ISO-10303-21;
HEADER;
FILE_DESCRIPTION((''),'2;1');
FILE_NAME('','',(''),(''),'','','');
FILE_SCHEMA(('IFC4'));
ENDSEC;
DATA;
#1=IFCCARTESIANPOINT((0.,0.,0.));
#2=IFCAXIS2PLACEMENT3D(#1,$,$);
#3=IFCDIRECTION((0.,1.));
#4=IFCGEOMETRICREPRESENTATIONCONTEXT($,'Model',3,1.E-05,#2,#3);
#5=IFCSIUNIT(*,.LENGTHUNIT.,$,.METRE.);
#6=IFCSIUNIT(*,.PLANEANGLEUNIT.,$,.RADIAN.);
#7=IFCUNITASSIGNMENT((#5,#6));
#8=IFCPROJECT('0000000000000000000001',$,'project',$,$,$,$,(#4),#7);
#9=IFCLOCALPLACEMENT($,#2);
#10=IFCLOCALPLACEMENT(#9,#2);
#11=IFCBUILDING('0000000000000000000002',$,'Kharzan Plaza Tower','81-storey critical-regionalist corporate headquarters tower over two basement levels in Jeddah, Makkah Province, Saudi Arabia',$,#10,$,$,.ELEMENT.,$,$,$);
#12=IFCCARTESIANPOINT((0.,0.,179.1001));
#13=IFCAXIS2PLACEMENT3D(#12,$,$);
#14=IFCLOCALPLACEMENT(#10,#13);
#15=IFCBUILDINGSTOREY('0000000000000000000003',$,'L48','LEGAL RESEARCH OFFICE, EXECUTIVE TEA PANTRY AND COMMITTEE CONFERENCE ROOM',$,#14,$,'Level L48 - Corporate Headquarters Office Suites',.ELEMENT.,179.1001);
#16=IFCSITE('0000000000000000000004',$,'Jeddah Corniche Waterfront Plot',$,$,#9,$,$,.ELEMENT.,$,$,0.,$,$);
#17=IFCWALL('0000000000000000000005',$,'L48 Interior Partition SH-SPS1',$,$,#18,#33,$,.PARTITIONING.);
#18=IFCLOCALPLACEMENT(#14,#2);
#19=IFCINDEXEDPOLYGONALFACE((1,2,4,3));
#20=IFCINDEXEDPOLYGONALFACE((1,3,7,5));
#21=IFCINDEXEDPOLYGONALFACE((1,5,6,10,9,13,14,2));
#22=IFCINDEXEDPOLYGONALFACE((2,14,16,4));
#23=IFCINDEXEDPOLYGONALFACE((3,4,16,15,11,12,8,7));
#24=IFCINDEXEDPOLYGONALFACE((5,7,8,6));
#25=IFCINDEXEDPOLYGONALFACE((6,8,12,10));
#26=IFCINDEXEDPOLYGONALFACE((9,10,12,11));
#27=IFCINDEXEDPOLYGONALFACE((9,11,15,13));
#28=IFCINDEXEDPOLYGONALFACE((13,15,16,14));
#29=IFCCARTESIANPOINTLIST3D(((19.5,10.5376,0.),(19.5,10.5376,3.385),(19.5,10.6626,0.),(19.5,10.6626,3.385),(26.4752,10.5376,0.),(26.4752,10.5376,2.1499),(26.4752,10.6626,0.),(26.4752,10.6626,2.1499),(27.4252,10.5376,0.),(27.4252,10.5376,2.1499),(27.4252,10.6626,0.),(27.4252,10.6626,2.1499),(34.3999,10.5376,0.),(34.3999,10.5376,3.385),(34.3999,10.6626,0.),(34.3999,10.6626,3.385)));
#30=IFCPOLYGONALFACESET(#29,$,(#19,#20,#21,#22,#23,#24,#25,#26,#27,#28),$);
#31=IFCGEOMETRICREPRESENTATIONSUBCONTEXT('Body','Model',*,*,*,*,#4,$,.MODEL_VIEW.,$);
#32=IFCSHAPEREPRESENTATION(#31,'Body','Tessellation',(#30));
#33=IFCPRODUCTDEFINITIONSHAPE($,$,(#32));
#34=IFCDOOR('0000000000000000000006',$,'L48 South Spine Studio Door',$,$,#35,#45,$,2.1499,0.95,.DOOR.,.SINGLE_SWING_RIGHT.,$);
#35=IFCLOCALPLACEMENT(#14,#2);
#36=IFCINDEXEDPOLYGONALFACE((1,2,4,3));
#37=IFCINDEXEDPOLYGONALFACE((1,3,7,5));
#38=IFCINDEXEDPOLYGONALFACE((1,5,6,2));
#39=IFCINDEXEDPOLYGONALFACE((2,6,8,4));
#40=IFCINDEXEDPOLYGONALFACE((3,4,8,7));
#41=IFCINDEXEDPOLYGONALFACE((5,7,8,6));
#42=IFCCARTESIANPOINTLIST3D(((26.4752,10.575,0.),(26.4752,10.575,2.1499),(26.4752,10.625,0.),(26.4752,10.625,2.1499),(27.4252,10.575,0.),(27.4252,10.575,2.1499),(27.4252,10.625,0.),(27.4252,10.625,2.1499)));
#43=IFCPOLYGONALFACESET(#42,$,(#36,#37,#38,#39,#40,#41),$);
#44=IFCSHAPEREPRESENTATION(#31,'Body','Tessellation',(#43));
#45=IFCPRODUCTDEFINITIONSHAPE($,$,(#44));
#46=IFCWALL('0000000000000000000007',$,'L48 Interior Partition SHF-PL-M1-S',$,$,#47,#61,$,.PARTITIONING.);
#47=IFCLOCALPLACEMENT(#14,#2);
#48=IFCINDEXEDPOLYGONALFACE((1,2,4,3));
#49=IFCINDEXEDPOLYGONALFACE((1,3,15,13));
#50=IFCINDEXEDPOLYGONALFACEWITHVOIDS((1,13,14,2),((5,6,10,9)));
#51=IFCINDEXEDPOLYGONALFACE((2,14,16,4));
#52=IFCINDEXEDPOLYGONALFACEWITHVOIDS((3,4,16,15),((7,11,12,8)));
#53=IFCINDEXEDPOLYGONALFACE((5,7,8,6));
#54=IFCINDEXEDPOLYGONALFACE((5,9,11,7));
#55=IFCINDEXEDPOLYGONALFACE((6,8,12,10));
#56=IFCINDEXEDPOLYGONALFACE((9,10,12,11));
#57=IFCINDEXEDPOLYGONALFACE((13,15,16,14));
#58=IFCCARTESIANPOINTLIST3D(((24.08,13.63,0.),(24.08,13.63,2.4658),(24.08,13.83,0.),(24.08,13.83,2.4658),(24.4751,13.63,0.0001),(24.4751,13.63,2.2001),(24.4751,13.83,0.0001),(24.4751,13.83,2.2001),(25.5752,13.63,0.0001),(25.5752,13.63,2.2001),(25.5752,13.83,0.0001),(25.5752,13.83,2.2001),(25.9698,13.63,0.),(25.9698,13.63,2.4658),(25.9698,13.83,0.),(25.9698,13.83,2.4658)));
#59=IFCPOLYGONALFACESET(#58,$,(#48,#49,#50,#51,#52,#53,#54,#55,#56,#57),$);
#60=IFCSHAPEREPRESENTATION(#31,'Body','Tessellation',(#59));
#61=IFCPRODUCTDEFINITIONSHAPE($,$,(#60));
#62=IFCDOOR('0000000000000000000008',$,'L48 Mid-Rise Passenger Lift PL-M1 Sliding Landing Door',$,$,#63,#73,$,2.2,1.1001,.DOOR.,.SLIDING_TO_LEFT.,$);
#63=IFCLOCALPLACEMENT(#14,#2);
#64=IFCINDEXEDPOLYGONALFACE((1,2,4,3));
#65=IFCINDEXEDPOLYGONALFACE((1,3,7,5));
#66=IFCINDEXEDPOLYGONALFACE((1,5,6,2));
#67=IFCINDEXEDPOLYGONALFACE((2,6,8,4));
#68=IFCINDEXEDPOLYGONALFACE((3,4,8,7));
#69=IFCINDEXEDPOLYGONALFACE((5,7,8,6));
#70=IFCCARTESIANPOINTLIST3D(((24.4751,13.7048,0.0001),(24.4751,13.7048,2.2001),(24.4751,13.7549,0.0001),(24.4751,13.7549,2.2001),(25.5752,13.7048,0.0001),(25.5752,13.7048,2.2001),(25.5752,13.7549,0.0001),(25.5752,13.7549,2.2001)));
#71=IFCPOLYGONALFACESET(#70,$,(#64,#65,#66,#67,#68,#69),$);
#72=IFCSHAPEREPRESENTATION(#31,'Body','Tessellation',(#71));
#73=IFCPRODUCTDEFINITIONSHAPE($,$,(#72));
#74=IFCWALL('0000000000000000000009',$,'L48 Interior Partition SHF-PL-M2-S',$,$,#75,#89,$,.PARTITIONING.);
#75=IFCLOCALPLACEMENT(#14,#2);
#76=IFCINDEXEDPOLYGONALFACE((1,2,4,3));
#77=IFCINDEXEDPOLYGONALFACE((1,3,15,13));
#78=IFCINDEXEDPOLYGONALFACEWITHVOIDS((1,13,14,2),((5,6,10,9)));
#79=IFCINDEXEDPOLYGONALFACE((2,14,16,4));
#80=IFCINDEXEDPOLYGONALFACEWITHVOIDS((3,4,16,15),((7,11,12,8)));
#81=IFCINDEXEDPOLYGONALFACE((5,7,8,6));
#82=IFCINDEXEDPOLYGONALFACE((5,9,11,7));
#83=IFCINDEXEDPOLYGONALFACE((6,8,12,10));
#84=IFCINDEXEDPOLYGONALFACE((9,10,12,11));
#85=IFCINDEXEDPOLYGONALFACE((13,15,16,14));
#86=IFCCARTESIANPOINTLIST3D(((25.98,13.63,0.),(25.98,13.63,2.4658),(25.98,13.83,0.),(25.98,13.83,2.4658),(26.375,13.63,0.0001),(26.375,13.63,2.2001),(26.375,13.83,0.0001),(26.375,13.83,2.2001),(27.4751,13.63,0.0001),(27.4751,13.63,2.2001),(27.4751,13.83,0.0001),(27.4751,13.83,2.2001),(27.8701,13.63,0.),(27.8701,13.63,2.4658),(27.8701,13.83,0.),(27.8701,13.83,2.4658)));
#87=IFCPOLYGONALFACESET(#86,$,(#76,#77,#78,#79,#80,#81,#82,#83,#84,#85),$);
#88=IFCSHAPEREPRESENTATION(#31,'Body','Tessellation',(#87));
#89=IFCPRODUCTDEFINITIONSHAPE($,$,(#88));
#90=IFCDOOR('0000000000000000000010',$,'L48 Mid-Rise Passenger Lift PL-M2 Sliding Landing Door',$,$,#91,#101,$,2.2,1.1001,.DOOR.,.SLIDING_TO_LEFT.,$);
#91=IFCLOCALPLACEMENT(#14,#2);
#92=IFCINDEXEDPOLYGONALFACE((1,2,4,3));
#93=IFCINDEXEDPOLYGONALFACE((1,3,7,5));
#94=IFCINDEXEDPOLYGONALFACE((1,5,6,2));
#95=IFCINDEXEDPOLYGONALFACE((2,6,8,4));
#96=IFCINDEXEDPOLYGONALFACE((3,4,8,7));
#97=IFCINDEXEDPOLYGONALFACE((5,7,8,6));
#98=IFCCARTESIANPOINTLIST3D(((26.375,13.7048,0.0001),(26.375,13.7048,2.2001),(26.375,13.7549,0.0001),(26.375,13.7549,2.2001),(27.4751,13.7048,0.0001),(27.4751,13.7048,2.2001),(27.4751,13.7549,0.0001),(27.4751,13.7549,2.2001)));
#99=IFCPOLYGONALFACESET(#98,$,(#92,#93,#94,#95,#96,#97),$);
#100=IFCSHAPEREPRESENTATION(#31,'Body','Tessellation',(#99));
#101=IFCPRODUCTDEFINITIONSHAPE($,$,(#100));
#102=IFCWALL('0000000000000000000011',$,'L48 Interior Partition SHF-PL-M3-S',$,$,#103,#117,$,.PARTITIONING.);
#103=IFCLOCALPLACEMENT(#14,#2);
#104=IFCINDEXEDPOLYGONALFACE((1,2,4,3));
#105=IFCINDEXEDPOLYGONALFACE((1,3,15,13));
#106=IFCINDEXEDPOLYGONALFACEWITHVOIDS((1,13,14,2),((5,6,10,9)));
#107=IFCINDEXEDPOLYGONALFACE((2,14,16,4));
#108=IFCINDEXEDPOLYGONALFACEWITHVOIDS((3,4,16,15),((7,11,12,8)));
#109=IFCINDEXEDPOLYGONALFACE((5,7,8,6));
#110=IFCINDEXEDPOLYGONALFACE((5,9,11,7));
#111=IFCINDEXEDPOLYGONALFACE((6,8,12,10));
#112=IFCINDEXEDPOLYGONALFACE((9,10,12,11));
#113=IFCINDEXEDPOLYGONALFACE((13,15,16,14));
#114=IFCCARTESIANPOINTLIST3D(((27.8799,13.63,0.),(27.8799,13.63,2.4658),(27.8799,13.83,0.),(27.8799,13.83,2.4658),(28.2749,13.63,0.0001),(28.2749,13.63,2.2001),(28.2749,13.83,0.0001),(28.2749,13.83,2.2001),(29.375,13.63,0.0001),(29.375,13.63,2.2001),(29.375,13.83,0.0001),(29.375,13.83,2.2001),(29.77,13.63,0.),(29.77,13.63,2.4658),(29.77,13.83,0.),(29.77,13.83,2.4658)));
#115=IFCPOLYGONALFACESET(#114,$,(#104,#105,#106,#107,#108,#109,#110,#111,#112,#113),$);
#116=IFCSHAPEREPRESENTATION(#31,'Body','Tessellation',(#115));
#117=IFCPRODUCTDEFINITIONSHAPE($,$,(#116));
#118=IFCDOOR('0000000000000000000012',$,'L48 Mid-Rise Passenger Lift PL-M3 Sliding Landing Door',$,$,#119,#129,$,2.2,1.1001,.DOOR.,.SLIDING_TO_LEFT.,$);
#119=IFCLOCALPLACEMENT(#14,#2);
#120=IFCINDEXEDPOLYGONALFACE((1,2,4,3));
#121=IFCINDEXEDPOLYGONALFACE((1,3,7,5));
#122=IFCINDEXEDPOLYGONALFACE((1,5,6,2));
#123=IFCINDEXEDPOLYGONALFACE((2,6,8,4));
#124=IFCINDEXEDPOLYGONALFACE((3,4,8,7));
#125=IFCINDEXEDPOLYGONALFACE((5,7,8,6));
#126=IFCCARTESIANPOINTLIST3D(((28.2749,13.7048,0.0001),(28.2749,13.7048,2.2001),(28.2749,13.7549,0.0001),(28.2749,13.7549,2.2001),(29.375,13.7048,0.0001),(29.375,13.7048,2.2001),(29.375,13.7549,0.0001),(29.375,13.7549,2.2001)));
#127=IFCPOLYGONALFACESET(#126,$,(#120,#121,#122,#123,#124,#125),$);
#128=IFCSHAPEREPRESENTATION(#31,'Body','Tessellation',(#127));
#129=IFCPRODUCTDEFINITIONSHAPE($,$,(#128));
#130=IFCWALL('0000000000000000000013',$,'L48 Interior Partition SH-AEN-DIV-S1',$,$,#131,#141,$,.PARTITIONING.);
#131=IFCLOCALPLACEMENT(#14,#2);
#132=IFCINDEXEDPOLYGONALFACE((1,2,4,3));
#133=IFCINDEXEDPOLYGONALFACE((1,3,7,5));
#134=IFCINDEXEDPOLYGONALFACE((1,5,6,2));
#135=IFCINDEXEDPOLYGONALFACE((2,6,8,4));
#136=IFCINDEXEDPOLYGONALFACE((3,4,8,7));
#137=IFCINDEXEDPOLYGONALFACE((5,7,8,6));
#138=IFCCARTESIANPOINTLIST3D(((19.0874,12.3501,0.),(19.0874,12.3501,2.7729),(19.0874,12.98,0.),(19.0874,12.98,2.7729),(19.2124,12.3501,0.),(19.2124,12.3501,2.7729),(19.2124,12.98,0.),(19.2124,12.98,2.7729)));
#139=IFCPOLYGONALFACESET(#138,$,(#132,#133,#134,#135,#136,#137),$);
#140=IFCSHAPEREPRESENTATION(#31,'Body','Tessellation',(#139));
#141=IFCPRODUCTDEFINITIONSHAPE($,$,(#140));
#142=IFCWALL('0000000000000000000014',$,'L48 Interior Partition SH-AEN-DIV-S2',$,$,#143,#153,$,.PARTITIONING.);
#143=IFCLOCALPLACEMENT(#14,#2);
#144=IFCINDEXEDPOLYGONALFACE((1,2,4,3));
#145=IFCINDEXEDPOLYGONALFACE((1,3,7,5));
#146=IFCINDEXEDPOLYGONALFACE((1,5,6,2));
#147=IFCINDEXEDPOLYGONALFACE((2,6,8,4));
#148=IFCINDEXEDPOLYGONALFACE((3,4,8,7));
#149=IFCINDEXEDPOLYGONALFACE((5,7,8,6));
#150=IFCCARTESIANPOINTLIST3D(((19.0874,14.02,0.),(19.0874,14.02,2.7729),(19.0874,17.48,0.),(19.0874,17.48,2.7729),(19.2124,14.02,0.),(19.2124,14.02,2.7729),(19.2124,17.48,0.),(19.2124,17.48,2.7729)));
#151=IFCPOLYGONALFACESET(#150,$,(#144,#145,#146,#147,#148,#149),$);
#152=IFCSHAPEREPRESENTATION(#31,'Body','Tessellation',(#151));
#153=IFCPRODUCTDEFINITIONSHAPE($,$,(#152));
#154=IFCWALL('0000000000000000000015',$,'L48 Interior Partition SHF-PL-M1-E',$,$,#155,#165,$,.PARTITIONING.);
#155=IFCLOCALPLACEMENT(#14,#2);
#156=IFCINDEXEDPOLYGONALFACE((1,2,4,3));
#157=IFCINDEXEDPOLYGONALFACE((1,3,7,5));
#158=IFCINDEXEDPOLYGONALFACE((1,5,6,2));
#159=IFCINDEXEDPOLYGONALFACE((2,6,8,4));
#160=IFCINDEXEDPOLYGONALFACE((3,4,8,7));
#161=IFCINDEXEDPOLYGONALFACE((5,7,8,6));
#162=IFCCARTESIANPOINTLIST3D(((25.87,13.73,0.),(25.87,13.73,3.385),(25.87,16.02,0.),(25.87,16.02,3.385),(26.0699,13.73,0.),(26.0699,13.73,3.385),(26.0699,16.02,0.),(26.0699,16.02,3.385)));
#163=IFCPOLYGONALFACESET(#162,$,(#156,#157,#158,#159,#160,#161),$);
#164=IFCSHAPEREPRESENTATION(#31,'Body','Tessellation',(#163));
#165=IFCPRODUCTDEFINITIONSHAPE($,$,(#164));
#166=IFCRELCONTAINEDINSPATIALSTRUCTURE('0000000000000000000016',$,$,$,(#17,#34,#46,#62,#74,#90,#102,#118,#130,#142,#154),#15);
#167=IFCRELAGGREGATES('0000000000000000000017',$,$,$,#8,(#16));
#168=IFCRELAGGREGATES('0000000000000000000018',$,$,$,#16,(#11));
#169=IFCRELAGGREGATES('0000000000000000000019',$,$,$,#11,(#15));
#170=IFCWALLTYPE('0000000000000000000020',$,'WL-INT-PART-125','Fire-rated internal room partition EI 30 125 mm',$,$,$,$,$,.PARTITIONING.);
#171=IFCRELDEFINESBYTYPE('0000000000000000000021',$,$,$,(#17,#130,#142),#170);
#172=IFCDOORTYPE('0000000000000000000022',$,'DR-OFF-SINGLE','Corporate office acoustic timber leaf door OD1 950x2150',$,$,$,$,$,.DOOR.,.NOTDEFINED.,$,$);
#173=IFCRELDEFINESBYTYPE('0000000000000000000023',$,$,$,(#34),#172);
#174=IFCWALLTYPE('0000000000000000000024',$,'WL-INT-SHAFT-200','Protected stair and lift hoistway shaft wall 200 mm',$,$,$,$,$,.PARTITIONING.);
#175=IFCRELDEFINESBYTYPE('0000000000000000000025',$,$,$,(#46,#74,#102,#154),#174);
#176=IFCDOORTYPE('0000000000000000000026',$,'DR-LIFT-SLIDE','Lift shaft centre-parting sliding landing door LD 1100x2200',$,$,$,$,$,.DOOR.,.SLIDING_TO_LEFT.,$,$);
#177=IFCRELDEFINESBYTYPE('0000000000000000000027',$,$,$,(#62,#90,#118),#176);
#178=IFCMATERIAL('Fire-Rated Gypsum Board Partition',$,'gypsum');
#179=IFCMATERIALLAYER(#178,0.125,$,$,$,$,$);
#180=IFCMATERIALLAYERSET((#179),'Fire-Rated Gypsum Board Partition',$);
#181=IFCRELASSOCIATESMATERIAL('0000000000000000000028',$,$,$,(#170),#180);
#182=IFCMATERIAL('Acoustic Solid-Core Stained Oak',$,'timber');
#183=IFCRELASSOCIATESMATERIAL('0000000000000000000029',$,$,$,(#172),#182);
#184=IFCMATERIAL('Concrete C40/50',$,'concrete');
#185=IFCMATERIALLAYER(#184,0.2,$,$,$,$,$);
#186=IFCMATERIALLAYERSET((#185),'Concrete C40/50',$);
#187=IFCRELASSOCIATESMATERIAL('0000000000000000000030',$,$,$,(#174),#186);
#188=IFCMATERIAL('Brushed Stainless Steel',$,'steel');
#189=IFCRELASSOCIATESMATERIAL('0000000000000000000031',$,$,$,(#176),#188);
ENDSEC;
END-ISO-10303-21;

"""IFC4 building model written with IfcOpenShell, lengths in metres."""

from ifc_helpers import new_model, si_unit, direction, frame, frame_2d, origin, place, context, subcontext, project, spatial, rectangle, extrude, source, transform, mapped, material, layer, layer_set, type_object, element, fill, save


model = new_model("IFC4")

# Units and contexts
model_context = context("Model", 3, precision=1e-05, world=origin(), true_north=direction((0.0, 1.0)))
body_context = subcontext(model_context, "Body", "Model", "MODEL_VIEW")
ifc_project = project(units=[si_unit("LENGTHUNIT", "METRE"), si_unit("PLANEANGLEUNIT", "RADIAN")], contexts=[model_context])

# Site, building, storey
site_placement = place(None, origin())
site = spatial("IfcSite", under=ifc_project, at=site_placement, Name="Jeddah Corniche Waterfront Plot", CompositionType="ELEMENT", RefElevation=0.0)
building_placement = place(site_placement, origin())
building = spatial("IfcBuilding", under=site, at=building_placement, Name="Kharzan Plaza Tower", Description="81-storey critical-regionalist corporate headquarters tower over two basement levels in Jeddah, Makkah Province, Saudi Arabia", CompositionType="ELEMENT")
storey_placement = place(building_placement, frame((0.0, 0.0, 179.1001)))
storey = spatial("IfcBuildingStorey", under=building, at=storey_placement, Name="L48", Description="LEGAL RESEARCH OFFICE, EXECUTIVE TEA PANTRY AND COMMITTEE CONFERENCE ROOM", LongName="Level L48 - Corporate Headquarters Office Suites", CompositionType="ELEMENT", Elevation=179.1001)

# Walls, openings, doors
ifc_material_1 = material(Name="Fire-Rated Gypsum Board Partition", Category="gypsum")
ifc_layer_1 = layer(ifc_material_1, 0.125)
ifc_layer_set_1 = layer_set([ifc_layer_1], Name="Fire-Rated Gypsum Board Partition")
wall_type_1 = type_object("IfcWallType", Name="WL-INT-PART-125", Description="Fire-rated internal room partition EI 30 125 mm", PredefinedType="PARTITIONING", material=ifc_layer_set_1)
ifc_material_2 = material(Name="Acoustic Solid-Core Stained Oak", Category="timber")
door_type_1 = type_object("IfcDoorType", Name="DR-OFF-SINGLE", Description="Corporate office acoustic timber leaf door OD1 950x2150", OperationType="NOTDEFINED", PredefinedType="DOOR", material=ifc_material_2)
shared_shape_1 = source(origin(), body_context, "Body", "SweptSolid", [
    extrude(rectangle(XDim=0.95, YDim=2.1499, at=frame_2d((0.4751, 1.075))), frame((0.0, 0.0249, 0.0), z_axis=(0.0, -1.0, 0.0), x_axis=(1.0, 0.0, 0.0)), (0.0, 0.0, 1.0), 0.05),
])
wall_1_placement = place(storey_placement, frame((19.5, 10.6001, 0.0), z_axis=(0.0, 0.0, 1.0), x_axis=(1.0, 0.0, 0.0)))
wall_1 = element("IfcWall", 1, at=wall_1_placement, inside=storey, type_object=wall_type_1, Name="L48 Interior Partition SH-SPS1", PredefinedType="PARTITIONING", context=body_context, shape_type="SweptSolid", body=[
    extrude(rectangle(XDim=14.8999, YDim=0.125, at=frame_2d((7.45, 0.0))), origin(), (0.0, 0.0, 1.0), 3.385),
])
opening_1_placement = place(wall_1_placement, frame((6.9751, 0.0, 0.0)))
opening_1 = element("IfcOpeningElement", 2, at=opening_1_placement, cuts=wall_1, PredefinedType="OPENING", context=body_context, shape_type="SweptSolid", body=[
    extrude(rectangle(XDim=0.95, YDim=2.1499, at=frame_2d((0.4751, 1.075))), frame((0.0, 0.0725, 0.0), z_axis=(0.0, -1.0, 0.0), x_axis=(1.0, 0.0, 0.0)), (0.0, 0.0, 1.0), 0.145),
])
door_1_placement = place(opening_1_placement, origin())
door_1 = element("IfcDoor", 3, at=door_1_placement, inside=storey, type_object=door_type_1, Name="L48 South Spine Studio Door", OperationType="SINGLE_SWING_RIGHT", OverallHeight=2.1499, OverallWidth=0.95, PredefinedType="DOOR", context=body_context, shape_type="MappedRepresentation", body=[
    mapped(shared_shape_1, transform((0.0, 0.0, 0.0), x_axis=(1.0, 0.0, 0.0), y_axis=(0.0, 1.0, 0.0), z_axis=(0.0, 0.0, 1.0))),
])
fill(opening_1, door_1)
ifc_material_3 = material(Name="Concrete C40/50", Category="concrete")
ifc_layer_2 = layer(ifc_material_3, 0.2)
ifc_layer_set_2 = layer_set([ifc_layer_2], Name="Concrete C40/50")
wall_type_2 = type_object("IfcWallType", Name="WL-INT-SHAFT-200", Description="Protected stair and lift hoistway shaft wall 200 mm", PredefinedType="PARTITIONING", material=ifc_layer_set_2)
wall_2_placement = place(storey_placement, frame((24.0801, 13.73, 0.0), z_axis=(0.0, 0.0, 1.0), x_axis=(1.0, 0.0, 0.0)))
wall_2 = element("IfcWall", 4, at=wall_2_placement, inside=storey, type_object=wall_type_2, Name="L48 Interior Partition SHF-PL-M1-S", PredefinedType="PARTITIONING", context=body_context, shape_type="SweptSolid", body=[
    extrude(rectangle(XDim=1.8899, YDim=0.2, at=frame_2d((0.9448, 0.0))), origin(), (0.0, 0.0, 1.0), 2.4658),
])
opening_2_placement = place(wall_2_placement, frame((0.395, 0.0, 0.0)))
opening_2 = element("IfcOpeningElement", 5, at=opening_2_placement, cuts=wall_2, PredefinedType="OPENING", context=body_context, shape_type="SweptSolid", body=[
    extrude(rectangle(XDim=1.1001, YDim=2.2, at=frame_2d((0.55, 1.1001))), frame((0.0, 0.1099, 0.0), z_axis=(0.0, -1.0, 0.0), x_axis=(1.0, 0.0, 0.0)), (0.0, 0.0, 1.0), 0.22),
])
ifc_material_4 = material(Name="Brushed Stainless Steel", Category="steel")
door_type_2 = type_object("IfcDoorType", Name="DR-LIFT-SLIDE", Description="Lift shaft centre-parting sliding landing door LD 1100x2200", OperationType="SLIDING_TO_LEFT", PredefinedType="DOOR", material=ifc_material_4)
shared_shape_2 = source(origin(), body_context, "Body", "SweptSolid", [
    extrude(rectangle(XDim=1.1001, YDim=2.2, at=frame_2d((0.55, 1.1001))), frame((0.0, 0.0249, 0.0), z_axis=(0.0, -1.0, 0.0), x_axis=(1.0, 0.0, 0.0)), (0.0, 0.0, 1.0), 0.05),
])
door_2_placement = place(opening_2_placement, origin())
door_2 = element("IfcDoor", 6, at=door_2_placement, inside=storey, type_object=door_type_2, Name="L48 Mid-Rise Passenger Lift PL-M1 Sliding Landing Door", OperationType="SLIDING_TO_LEFT", OverallHeight=2.2, OverallWidth=1.1001, PredefinedType="DOOR", context=body_context, shape_type="MappedRepresentation", body=[
    mapped(shared_shape_2, transform((0.0, 0.0, 0.0), x_axis=(1.0, 0.0, 0.0), y_axis=(0.0, 1.0, 0.0), z_axis=(0.0, 0.0, 1.0))),
])
fill(opening_2, door_2)
wall_3_placement = place(storey_placement, frame((25.98, 13.73, 0.0), z_axis=(0.0, 0.0, 1.0), x_axis=(1.0, 0.0, 0.0)))
wall_3 = element("IfcWall", 7, at=wall_3_placement, inside=storey, type_object=wall_type_2, Name="L48 Interior Partition SHF-PL-M2-S", PredefinedType="PARTITIONING", context=body_context, shape_type="SweptSolid", body=[
    extrude(rectangle(XDim=1.8901, YDim=0.2, at=frame_2d((0.9451, 0.0))), origin(), (0.0, 0.0, 1.0), 2.4658),
])
opening_3_placement = place(wall_3_placement, frame((0.395, 0.0, 0.0)))
opening_3 = element("IfcOpeningElement", 8, at=opening_3_placement, cuts=wall_3, PredefinedType="OPENING", context=body_context, shape_type="SweptSolid", body=[
    extrude(rectangle(XDim=1.1001, YDim=2.2, at=frame_2d((0.55, 1.1001))), frame((0.0, 0.1099, 0.0), z_axis=(0.0, -1.0, 0.0), x_axis=(1.0, 0.0, 0.0)), (0.0, 0.0, 1.0), 0.22),
])
door_3_placement = place(opening_3_placement, origin())
door_3 = element("IfcDoor", 9, at=door_3_placement, inside=storey, type_object=door_type_2, Name="L48 Mid-Rise Passenger Lift PL-M2 Sliding Landing Door", OperationType="SLIDING_TO_LEFT", OverallHeight=2.2, OverallWidth=1.1001, PredefinedType="DOOR", context=body_context, shape_type="MappedRepresentation", body=[
    mapped(shared_shape_2, transform((0.0, 0.0, 0.0), x_axis=(1.0, 0.0, 0.0), y_axis=(0.0, 1.0, 0.0), z_axis=(0.0, 0.0, 1.0))),
])
fill(opening_3, door_3)
wall_4_placement = place(storey_placement, frame((27.8799, 13.73, 0.0), z_axis=(0.0, 0.0, 1.0), x_axis=(1.0, 0.0, 0.0)))
wall_4 = element("IfcWall", 10, at=wall_4_placement, inside=storey, type_object=wall_type_2, Name="L48 Interior Partition SHF-PL-M3-S", PredefinedType="PARTITIONING", context=body_context, shape_type="SweptSolid", body=[
    extrude(rectangle(XDim=1.8901, YDim=0.2, at=frame_2d((0.9451, 0.0))), origin(), (0.0, 0.0, 1.0), 2.4658),
])
opening_4_placement = place(wall_4_placement, frame((0.395, 0.0, 0.0)))
opening_4 = element("IfcOpeningElement", 11, at=opening_4_placement, cuts=wall_4, PredefinedType="OPENING", context=body_context, shape_type="SweptSolid", body=[
    extrude(rectangle(XDim=1.1001, YDim=2.2, at=frame_2d((0.55, 1.1001))), frame((0.0, 0.1099, 0.0), z_axis=(0.0, -1.0, 0.0), x_axis=(1.0, 0.0, 0.0)), (0.0, 0.0, 1.0), 0.22),
])
door_4_placement = place(opening_4_placement, origin())
door_4 = element("IfcDoor", 12, at=door_4_placement, inside=storey, type_object=door_type_2, Name="L48 Mid-Rise Passenger Lift PL-M3 Sliding Landing Door", OperationType="SLIDING_TO_LEFT", OverallHeight=2.2, OverallWidth=1.1001, PredefinedType="DOOR", context=body_context, shape_type="MappedRepresentation", body=[
    mapped(shared_shape_2, transform((0.0, 0.0, 0.0), x_axis=(1.0, 0.0, 0.0), y_axis=(0.0, 1.0, 0.0), z_axis=(0.0, 0.0, 1.0))),
])
fill(opening_4, door_4)

# Walls
shared_shape_3 = source(origin(), body_context, "Body", "SweptSolid", [
    extrude(rectangle(XDim=0.6299, YDim=0.125, at=frame_2d((0.3149, 0.0))), origin(), (0.0, 0.0, 1.0), 2.7729),
])
wall_5_placement = place(storey_placement, frame((19.1499, 12.3501, 0.0), z_axis=(0.0, 0.0, 1.0), x_axis=(0.0, 1.0, 0.0)))
element("IfcWall", 13, at=wall_5_placement, inside=storey, type_object=wall_type_1, Name="L48 Interior Partition SH-AEN-DIV-S1", PredefinedType="PARTITIONING", context=body_context, shape_type="MappedRepresentation", body=[
    mapped(shared_shape_3, transform((0.0, 0.0, 0.0), x_axis=(1.0, 0.0, 0.0), y_axis=(0.0, 1.0, 0.0), z_axis=(0.0, 0.0, 1.0))),
])
shared_shape_4 = source(origin(), body_context, "Body", "SweptSolid", [
    extrude(rectangle(XDim=3.46, YDim=0.125, at=frame_2d((1.73, 0.0))), origin(), (0.0, 0.0, 1.0), 2.7729),
])
wall_6_placement = place(storey_placement, frame((19.1499, 14.02, 0.0), z_axis=(0.0, 0.0, 1.0), x_axis=(0.0, 1.0, 0.0)))
element("IfcWall", 14, at=wall_6_placement, inside=storey, type_object=wall_type_1, Name="L48 Interior Partition SH-AEN-DIV-S2", PredefinedType="PARTITIONING", context=body_context, shape_type="MappedRepresentation", body=[
    mapped(shared_shape_4, transform((0.0, 0.0, 0.0), x_axis=(1.0, 0.0, 0.0), y_axis=(0.0, 1.0, 0.0), z_axis=(0.0, 0.0, 1.0))),
])
shared_shape_5 = source(origin(), body_context, "Body", "SweptSolid", [
    extrude(rectangle(XDim=2.29, YDim=0.2, at=frame_2d((1.145, 0.0))), origin(), (0.0, 0.0, 1.0), 3.385),
])
for number, where, z_axis, x_axis, name in (
    (15, (25.97, 13.73, 0.0), (0.0, 0.0, 1.0), (0.0, 1.0, 0.0), "L48 Interior Partition SHF-PL-M1-E"),
):
    element("IfcWall", number, at=place(storey_placement, frame(where, z_axis=z_axis, x_axis=x_axis)), inside=storey, type_object=wall_type_2, Name=name, PredefinedType="PARTITIONING", context=body_context, shape_type="MappedRepresentation", body=[
        mapped(shared_shape_5, transform((0.0, 0.0, 0.0), x_axis=(1.0, 0.0, 0.0), y_axis=(0.0, 1.0, 0.0), z_axis=(0.0, 0.0, 1.0))),
    ])

save(model, "model.ifc")
